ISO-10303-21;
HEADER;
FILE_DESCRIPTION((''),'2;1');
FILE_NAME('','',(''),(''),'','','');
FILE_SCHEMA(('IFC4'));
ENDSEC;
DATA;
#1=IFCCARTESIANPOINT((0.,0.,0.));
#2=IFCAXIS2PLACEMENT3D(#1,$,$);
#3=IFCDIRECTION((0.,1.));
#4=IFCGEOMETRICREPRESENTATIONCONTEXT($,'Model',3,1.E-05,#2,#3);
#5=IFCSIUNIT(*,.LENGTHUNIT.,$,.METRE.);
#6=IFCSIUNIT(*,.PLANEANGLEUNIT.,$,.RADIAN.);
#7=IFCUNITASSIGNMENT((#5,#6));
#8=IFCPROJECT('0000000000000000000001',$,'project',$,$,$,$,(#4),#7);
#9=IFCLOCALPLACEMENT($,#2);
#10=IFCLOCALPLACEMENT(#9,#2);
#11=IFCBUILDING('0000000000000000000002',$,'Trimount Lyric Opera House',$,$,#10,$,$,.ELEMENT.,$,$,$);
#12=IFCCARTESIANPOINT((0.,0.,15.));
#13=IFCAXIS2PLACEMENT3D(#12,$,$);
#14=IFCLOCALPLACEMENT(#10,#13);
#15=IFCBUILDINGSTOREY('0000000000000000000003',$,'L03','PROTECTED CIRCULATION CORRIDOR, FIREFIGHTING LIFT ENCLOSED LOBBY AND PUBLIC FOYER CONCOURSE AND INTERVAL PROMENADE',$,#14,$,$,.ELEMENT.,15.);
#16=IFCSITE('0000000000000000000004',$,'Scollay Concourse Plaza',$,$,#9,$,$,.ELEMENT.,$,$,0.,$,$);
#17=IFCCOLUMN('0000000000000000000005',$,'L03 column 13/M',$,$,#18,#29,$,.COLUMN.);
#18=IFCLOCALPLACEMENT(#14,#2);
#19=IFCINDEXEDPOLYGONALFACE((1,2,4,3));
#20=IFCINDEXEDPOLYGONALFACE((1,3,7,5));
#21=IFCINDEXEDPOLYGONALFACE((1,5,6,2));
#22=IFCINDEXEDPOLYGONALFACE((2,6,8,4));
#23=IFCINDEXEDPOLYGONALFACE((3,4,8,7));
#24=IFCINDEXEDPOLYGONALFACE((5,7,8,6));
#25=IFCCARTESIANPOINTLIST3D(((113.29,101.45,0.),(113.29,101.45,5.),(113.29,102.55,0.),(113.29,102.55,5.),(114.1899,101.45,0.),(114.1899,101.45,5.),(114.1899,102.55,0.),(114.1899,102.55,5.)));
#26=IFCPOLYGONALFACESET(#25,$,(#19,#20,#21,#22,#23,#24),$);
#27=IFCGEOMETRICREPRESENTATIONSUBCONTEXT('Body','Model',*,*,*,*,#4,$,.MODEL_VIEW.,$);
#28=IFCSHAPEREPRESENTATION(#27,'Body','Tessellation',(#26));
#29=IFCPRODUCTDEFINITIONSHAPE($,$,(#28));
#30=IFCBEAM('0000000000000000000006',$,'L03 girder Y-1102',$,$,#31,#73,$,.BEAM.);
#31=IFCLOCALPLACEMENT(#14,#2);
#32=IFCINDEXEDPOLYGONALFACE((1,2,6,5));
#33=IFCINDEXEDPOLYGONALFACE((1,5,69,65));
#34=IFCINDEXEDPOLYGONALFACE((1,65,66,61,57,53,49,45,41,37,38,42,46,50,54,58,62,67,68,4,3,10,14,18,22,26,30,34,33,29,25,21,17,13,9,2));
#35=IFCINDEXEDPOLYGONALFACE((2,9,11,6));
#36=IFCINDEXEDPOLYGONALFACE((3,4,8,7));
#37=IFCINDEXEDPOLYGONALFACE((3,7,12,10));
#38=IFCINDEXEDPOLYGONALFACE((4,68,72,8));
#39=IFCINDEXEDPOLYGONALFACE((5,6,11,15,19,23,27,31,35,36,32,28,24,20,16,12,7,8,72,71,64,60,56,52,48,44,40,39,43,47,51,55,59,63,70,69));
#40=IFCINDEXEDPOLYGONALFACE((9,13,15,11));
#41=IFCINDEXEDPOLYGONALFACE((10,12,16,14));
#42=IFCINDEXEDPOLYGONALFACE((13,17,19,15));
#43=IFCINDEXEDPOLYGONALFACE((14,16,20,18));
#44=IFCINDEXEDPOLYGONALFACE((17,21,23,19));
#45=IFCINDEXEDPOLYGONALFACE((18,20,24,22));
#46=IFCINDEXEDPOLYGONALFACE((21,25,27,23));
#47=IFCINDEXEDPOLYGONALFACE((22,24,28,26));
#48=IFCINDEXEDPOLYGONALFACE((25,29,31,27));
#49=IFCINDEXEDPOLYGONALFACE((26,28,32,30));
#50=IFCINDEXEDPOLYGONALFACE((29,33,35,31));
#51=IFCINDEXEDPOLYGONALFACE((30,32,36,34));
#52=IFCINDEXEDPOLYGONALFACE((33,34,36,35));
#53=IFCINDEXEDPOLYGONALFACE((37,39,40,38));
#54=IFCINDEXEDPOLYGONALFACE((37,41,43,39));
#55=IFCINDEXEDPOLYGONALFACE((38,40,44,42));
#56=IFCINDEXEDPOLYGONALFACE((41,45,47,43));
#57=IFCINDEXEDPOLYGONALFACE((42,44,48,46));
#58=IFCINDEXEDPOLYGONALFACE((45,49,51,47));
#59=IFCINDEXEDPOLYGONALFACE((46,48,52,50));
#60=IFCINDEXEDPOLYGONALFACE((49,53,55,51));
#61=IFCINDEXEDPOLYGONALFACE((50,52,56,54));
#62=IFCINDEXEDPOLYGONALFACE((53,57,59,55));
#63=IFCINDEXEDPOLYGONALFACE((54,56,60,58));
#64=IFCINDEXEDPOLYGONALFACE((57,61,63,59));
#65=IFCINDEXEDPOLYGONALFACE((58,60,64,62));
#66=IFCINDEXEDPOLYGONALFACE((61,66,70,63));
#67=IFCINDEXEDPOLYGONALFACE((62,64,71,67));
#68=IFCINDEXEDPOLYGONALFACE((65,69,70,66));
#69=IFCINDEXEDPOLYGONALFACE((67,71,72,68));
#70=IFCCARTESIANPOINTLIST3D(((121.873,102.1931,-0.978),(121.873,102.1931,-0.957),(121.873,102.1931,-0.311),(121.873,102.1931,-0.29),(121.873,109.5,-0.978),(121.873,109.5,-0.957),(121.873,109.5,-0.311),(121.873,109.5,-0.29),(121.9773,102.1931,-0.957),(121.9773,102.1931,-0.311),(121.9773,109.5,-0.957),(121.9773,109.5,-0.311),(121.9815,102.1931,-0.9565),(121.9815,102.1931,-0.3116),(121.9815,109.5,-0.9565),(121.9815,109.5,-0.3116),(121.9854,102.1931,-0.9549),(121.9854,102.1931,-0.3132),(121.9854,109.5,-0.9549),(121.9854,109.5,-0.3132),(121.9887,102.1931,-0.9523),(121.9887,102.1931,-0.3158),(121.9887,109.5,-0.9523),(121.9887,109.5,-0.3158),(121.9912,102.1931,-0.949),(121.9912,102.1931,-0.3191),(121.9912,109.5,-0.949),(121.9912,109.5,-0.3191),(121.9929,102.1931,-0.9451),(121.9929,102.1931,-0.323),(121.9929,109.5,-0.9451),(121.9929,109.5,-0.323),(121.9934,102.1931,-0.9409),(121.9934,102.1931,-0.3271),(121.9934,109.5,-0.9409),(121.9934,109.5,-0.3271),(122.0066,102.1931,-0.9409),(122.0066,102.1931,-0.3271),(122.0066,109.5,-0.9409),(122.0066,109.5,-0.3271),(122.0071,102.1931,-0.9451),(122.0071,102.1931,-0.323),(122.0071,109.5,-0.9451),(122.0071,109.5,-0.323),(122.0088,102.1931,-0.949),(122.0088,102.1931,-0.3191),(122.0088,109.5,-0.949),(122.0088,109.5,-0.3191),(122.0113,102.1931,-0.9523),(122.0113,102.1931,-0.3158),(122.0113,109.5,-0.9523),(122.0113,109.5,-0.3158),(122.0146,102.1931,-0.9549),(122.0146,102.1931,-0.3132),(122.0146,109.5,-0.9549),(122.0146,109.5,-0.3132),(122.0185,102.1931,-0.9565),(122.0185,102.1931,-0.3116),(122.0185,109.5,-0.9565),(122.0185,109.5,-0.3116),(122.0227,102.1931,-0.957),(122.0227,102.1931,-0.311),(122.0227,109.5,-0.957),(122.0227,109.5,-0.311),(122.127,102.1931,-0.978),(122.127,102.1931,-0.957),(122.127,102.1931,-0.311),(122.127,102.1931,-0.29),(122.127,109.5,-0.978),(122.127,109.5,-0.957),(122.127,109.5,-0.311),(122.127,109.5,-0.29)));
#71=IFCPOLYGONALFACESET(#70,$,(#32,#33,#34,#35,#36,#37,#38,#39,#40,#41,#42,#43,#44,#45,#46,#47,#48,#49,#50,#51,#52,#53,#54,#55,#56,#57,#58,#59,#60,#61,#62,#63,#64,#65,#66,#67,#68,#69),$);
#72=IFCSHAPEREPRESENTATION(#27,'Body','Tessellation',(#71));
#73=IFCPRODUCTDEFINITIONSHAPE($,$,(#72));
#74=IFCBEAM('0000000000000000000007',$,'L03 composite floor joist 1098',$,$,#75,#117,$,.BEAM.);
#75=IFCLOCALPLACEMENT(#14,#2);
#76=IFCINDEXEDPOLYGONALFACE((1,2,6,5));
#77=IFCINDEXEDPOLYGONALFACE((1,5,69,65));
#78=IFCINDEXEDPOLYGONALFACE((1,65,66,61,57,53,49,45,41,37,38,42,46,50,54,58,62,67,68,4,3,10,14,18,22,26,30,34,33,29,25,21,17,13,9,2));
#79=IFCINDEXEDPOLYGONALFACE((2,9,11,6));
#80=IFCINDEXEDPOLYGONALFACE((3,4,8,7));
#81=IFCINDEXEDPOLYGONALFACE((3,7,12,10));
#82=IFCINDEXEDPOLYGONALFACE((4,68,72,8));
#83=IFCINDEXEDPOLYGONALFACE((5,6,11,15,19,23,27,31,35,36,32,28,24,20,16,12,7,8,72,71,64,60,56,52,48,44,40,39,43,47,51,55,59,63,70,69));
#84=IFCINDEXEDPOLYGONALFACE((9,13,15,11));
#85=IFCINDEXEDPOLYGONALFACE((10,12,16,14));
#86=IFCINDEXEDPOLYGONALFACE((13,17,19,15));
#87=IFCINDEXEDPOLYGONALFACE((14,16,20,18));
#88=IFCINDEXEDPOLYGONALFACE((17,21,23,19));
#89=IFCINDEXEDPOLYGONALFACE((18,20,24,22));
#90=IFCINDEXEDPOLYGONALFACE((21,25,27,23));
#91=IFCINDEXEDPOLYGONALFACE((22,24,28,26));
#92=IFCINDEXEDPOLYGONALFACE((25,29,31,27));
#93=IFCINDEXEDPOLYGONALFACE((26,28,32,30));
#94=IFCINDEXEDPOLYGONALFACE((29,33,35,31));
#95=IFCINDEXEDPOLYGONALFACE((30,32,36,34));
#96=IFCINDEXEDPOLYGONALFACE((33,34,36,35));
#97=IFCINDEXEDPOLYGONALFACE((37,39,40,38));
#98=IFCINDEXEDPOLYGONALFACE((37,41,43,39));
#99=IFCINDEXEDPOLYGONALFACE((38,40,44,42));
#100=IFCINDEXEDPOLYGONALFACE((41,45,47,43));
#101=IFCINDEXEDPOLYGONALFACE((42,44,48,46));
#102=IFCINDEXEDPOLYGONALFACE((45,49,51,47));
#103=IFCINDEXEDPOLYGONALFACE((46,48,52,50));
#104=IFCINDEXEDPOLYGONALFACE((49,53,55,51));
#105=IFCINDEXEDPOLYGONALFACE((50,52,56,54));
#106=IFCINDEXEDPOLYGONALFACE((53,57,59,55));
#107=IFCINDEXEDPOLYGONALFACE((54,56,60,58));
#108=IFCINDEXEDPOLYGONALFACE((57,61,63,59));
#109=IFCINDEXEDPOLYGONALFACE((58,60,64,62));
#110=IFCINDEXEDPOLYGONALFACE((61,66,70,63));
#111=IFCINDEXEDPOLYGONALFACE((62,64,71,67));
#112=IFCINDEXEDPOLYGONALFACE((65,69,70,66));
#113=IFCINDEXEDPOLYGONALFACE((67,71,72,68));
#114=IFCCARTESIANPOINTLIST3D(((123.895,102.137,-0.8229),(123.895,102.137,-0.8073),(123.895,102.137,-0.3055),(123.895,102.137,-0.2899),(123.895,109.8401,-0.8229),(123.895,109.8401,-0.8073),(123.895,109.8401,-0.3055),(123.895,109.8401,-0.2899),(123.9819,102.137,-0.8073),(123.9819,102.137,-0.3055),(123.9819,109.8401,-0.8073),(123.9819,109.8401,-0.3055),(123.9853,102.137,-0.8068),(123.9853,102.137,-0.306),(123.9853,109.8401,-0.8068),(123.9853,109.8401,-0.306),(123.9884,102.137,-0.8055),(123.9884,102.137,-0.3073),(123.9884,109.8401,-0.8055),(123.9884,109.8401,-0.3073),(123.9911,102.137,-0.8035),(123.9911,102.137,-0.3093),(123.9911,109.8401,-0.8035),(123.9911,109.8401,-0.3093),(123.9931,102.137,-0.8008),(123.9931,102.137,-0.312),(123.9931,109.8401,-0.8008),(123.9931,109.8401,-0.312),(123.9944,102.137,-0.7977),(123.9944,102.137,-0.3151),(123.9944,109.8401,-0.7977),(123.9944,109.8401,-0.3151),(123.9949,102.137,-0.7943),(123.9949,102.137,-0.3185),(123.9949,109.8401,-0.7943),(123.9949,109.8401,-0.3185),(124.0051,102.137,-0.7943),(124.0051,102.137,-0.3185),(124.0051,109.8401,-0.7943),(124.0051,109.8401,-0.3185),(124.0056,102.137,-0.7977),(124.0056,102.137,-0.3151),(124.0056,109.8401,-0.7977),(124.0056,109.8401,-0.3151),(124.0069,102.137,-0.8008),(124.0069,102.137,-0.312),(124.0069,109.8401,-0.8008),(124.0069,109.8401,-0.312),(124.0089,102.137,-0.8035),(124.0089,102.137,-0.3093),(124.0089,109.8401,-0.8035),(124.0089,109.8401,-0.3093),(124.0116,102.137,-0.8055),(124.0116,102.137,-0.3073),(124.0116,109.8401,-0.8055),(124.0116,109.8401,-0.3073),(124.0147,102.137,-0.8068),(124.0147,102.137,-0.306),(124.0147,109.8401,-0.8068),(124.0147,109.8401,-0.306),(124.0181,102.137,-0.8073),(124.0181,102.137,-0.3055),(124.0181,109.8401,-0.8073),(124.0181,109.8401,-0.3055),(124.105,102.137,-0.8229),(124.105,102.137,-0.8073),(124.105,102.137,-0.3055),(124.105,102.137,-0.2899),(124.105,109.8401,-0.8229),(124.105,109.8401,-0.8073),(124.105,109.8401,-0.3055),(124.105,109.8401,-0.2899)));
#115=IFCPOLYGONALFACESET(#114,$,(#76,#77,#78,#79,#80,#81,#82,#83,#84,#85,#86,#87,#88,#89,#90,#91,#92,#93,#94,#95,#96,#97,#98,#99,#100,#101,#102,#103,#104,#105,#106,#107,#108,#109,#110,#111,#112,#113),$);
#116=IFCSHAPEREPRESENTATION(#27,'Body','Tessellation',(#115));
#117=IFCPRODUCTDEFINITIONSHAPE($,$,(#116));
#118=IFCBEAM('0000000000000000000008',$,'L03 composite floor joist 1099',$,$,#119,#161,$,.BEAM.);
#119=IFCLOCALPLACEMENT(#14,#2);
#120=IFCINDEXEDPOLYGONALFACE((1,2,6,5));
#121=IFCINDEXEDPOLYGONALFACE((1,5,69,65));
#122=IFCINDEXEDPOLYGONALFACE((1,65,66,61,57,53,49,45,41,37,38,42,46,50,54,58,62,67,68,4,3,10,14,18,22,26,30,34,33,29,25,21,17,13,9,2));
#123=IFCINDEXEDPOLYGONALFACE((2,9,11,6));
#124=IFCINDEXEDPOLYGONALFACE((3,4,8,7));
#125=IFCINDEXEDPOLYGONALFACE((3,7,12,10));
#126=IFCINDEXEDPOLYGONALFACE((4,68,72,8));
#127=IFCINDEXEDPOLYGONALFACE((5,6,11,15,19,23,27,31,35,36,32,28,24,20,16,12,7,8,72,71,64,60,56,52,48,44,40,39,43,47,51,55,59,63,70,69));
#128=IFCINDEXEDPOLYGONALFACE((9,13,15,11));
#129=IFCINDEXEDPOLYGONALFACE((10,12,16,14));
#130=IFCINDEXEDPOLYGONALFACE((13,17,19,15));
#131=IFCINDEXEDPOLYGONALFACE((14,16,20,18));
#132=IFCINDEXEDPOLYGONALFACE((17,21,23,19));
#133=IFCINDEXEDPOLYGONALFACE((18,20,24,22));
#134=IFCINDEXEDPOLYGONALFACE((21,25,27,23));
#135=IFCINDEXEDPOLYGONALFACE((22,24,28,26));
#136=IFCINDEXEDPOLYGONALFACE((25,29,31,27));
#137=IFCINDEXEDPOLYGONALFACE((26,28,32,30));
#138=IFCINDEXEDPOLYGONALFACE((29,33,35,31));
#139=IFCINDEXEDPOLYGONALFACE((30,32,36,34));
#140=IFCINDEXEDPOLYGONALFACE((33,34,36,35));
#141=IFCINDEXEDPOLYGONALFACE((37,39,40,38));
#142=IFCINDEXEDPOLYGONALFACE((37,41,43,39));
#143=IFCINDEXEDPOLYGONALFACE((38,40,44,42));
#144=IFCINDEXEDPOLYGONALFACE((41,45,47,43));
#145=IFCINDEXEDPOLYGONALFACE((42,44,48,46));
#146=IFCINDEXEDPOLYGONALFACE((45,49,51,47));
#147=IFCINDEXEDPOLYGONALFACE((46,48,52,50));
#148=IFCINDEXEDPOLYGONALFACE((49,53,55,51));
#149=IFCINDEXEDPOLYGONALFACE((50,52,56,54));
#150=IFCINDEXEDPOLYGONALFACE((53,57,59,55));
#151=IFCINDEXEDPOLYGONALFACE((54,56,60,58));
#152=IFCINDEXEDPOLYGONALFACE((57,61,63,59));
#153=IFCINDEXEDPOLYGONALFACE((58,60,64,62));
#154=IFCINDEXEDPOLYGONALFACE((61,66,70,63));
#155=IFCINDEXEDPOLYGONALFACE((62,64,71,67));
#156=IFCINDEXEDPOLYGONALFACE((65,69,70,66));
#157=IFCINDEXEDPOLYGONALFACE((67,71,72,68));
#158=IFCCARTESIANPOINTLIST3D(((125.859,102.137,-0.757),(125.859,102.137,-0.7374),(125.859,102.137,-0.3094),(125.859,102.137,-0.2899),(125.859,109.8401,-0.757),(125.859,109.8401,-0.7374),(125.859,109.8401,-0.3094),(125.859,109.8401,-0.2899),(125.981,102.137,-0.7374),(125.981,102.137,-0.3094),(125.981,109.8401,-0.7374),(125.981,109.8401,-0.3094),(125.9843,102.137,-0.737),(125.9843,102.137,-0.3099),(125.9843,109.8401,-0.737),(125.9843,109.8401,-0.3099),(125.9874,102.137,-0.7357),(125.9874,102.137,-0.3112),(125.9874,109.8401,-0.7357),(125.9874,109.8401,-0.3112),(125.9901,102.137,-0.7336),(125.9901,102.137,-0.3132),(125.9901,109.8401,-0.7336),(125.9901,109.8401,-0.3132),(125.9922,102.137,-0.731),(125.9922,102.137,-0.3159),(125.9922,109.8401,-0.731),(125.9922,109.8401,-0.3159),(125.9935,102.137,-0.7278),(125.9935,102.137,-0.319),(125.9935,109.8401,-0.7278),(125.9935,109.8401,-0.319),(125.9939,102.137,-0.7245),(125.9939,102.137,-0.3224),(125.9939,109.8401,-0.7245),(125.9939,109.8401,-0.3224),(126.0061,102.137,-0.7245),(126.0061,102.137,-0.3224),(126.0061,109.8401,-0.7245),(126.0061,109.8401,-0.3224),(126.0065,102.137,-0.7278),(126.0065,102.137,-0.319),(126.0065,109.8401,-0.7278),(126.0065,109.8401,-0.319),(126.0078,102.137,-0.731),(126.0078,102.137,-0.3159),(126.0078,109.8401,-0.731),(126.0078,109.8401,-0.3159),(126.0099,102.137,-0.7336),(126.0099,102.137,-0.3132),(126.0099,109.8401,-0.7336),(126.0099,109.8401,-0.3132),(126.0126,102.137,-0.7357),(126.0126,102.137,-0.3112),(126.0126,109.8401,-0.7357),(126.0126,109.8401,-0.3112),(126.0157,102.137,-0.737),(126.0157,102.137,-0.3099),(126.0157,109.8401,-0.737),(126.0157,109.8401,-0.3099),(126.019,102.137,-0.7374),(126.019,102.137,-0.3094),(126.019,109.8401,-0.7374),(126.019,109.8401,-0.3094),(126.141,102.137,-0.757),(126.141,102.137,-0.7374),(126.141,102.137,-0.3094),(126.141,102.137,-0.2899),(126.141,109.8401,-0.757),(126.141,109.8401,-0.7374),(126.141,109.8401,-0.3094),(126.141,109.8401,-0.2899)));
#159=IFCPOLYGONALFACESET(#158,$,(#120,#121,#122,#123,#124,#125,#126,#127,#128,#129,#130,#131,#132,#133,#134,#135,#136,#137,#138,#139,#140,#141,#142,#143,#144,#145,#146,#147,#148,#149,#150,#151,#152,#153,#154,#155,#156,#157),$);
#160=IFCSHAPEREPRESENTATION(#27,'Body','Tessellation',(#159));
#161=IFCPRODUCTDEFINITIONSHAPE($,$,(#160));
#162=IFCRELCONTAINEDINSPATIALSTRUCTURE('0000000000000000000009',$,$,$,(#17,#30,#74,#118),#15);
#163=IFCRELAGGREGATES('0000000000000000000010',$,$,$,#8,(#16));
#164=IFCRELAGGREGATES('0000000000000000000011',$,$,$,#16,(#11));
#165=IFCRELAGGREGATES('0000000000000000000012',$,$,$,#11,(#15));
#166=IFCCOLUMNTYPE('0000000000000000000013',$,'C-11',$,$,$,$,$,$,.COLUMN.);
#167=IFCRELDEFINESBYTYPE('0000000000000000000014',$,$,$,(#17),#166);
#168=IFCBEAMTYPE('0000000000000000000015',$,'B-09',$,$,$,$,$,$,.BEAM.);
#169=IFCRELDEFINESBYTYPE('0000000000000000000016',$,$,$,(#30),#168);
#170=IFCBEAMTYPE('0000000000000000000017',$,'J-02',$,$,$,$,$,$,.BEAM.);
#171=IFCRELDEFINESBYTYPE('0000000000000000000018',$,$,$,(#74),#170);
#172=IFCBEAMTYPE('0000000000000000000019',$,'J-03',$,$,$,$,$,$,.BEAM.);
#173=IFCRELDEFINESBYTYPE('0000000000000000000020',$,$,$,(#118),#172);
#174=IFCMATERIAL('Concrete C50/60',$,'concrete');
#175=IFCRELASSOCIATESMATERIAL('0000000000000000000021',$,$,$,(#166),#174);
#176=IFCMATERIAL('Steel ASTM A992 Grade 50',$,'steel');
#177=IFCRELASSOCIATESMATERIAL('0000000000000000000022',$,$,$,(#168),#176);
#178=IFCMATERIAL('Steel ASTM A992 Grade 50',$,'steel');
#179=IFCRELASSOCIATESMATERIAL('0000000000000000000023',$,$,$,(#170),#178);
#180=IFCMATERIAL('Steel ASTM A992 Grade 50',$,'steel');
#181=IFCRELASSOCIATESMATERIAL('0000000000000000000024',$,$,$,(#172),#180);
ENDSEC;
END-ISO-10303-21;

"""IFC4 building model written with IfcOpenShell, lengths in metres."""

from ifc_helpers import new_model, si_unit, direction, frame, origin, origin_2d, place, context, subcontext, project, spatial, rectangle, i_section, extrude, material, material_profile, profile_set, type_object, element, save


model = new_model("IFC4")

# Units and contexts
model_context = context("Model", 3, precision=1e-05, world=origin(), true_north=direction((0.0, 1.0)))
body_context = subcontext(model_context, "Body", "Model", "MODEL_VIEW")
ifc_project = project(units=[si_unit("LENGTHUNIT", "METRE"), si_unit("PLANEANGLEUNIT", "RADIAN")], contexts=[model_context])

# Site, building, storey
site_placement = place(None, origin())
site = spatial("IfcSite", under=ifc_project, at=site_placement, Name="Scollay Concourse Plaza", CompositionType="ELEMENT", RefElevation=0.0)
building_placement = place(site_placement, origin())
building = spatial("IfcBuilding", under=site, at=building_placement, Name="Trimount Lyric Opera House", CompositionType="ELEMENT")
storey_placement = place(building_placement, frame((0.0, 0.0, 15.0)))
storey = spatial("IfcBuildingStorey", under=building, at=storey_placement, Name="L03", Description="PROTECTED CIRCULATION CORRIDOR, FIREFIGHTING LIFT ENCLOSED LOBBY AND PUBLIC FOYER CONCOURSE AND INTERVAL PROMENADE", CompositionType="ELEMENT", Elevation=15.0)

# Column
ifc_material_1 = material(Name="Concrete C50/60", Category="concrete")
ifc_material_profile_1 = material_profile(ifc_material_1, rectangle(XDim=0.8999, YDim=1.1001, at=origin_2d()), Name="RC1100X900")
ifc_profile_set_1 = profile_set([ifc_material_profile_1], Name="Concrete C50/60")
column_type = type_object("IfcColumnType", Name="C-11", PredefinedType="COLUMN", material=ifc_profile_set_1)
column_placement = place(storey_placement, frame((113.74, 102.0, 0.0), z_axis=(0.0, 0.0, 1.0), x_axis=(1.0, 0.0, 0.0)))
element("IfcColumn", 1, at=column_placement, inside=storey, type_object=column_type, Name="L03 column 13/M", PredefinedType="COLUMN", context=body_context, shape_type="SweptSolid", body=[
    extrude(rectangle(XDim=0.8999, YDim=1.1001, at=origin_2d()), origin(), (0.0, 0.0, 1.0), 5.0),
])

# Beams
ifc_material_2 = material(Name="Steel ASTM A992 Grade 50", Category="steel")
ifc_material_profile_2 = material_profile(ifc_material_2, i_section(OverallWidth=0.2539, OverallDepth=0.688, WebThickness=0.0132, FlangeThickness=0.021, FilletRadius=0.0161, at=origin_2d()), Name="W27X102")
ifc_profile_set_2 = profile_set([ifc_material_profile_2], Name="Steel ASTM A992 Grade 50")
beam_type_1 = type_object("IfcBeamType", Name="B-09", PredefinedType="BEAM", material=ifc_profile_set_2)
beam_1_placement = place(storey_placement, frame((122.0, 102.1931, -0.634), z_axis=(0.0, 1.0, 0.0), x_axis=(-1.0, 0.0, 0.0)))
element("IfcBeam", 2, at=beam_1_placement, inside=storey, type_object=beam_type_1, Name="L03 girder Y-1102", PredefinedType="BEAM", context=body_context, shape_type="SweptSolid", body=[
    extrude(i_section(OverallWidth=0.2539, OverallDepth=0.688, WebThickness=0.0132, FlangeThickness=0.021, FilletRadius=0.0161, at=origin_2d()), origin(), (0.0, 0.0, 1.0), 7.3069),
])
ifc_material_3 = material(Name="Steel ASTM A992 Grade 50", Category="steel")
ifc_material_profile_3 = material_profile(ifc_material_3, i_section(OverallWidth=0.21, OverallDepth=0.533, WebThickness=0.0103, FlangeThickness=0.0156, FilletRadius=0.0129, at=origin_2d()), Name="W21X62")
ifc_profile_set_3 = profile_set([ifc_material_profile_3], Name="Steel ASTM A992 Grade 50")
beam_type_2 = type_object("IfcBeamType", Name="J-02", PredefinedType="BEAM", material=ifc_profile_set_3)
beam_2_placement = place(storey_placement, frame((124.0, 102.137, -0.5564), z_axis=(0.0, 1.0, 0.0), x_axis=(-1.0, 0.0, 0.0)))
element("IfcBeam", 3, at=beam_2_placement, inside=storey, type_object=beam_type_2, Name="L03 composite floor joist 1098", PredefinedType="BEAM", context=body_context, shape_type="SweptSolid", body=[
    extrude(i_section(OverallWidth=0.21, OverallDepth=0.533, WebThickness=0.0103, FlangeThickness=0.0156, FilletRadius=0.0129, at=origin_2d()), origin(), (0.0, 0.0, 1.0), 7.7031),
])
ifc_material_4 = material(Name="Steel ASTM A992 Grade 50", Category="steel")
ifc_material_profile_4 = material_profile(ifc_material_4, i_section(OverallWidth=0.282, OverallDepth=0.467, WebThickness=0.0122, FlangeThickness=0.0195, FilletRadius=0.0129, at=origin_2d()), Name="W18X86")
ifc_profile_set_4 = profile_set([ifc_material_profile_4], Name="Steel ASTM A992 Grade 50")
beam_type_3 = type_object("IfcBeamType", Name="J-03", PredefinedType="BEAM", material=ifc_profile_set_4)
beam_3_placement = place(storey_placement, frame((126.0, 102.137, -0.5234), z_axis=(0.0, 1.0, 0.0), x_axis=(-1.0, 0.0, 0.0)))
element("IfcBeam", 4, at=beam_3_placement, inside=storey, type_object=beam_type_3, Name="L03 composite floor joist 1099", PredefinedType="BEAM", context=body_context, shape_type="SweptSolid", body=[
    extrude(i_section(OverallWidth=0.282, OverallDepth=0.467, WebThickness=0.0122, FlangeThickness=0.0195, FilletRadius=0.0129, at=origin_2d()), origin(), (0.0, 0.0, 1.0), 7.7031),
])

save(model, "model.ifc")
